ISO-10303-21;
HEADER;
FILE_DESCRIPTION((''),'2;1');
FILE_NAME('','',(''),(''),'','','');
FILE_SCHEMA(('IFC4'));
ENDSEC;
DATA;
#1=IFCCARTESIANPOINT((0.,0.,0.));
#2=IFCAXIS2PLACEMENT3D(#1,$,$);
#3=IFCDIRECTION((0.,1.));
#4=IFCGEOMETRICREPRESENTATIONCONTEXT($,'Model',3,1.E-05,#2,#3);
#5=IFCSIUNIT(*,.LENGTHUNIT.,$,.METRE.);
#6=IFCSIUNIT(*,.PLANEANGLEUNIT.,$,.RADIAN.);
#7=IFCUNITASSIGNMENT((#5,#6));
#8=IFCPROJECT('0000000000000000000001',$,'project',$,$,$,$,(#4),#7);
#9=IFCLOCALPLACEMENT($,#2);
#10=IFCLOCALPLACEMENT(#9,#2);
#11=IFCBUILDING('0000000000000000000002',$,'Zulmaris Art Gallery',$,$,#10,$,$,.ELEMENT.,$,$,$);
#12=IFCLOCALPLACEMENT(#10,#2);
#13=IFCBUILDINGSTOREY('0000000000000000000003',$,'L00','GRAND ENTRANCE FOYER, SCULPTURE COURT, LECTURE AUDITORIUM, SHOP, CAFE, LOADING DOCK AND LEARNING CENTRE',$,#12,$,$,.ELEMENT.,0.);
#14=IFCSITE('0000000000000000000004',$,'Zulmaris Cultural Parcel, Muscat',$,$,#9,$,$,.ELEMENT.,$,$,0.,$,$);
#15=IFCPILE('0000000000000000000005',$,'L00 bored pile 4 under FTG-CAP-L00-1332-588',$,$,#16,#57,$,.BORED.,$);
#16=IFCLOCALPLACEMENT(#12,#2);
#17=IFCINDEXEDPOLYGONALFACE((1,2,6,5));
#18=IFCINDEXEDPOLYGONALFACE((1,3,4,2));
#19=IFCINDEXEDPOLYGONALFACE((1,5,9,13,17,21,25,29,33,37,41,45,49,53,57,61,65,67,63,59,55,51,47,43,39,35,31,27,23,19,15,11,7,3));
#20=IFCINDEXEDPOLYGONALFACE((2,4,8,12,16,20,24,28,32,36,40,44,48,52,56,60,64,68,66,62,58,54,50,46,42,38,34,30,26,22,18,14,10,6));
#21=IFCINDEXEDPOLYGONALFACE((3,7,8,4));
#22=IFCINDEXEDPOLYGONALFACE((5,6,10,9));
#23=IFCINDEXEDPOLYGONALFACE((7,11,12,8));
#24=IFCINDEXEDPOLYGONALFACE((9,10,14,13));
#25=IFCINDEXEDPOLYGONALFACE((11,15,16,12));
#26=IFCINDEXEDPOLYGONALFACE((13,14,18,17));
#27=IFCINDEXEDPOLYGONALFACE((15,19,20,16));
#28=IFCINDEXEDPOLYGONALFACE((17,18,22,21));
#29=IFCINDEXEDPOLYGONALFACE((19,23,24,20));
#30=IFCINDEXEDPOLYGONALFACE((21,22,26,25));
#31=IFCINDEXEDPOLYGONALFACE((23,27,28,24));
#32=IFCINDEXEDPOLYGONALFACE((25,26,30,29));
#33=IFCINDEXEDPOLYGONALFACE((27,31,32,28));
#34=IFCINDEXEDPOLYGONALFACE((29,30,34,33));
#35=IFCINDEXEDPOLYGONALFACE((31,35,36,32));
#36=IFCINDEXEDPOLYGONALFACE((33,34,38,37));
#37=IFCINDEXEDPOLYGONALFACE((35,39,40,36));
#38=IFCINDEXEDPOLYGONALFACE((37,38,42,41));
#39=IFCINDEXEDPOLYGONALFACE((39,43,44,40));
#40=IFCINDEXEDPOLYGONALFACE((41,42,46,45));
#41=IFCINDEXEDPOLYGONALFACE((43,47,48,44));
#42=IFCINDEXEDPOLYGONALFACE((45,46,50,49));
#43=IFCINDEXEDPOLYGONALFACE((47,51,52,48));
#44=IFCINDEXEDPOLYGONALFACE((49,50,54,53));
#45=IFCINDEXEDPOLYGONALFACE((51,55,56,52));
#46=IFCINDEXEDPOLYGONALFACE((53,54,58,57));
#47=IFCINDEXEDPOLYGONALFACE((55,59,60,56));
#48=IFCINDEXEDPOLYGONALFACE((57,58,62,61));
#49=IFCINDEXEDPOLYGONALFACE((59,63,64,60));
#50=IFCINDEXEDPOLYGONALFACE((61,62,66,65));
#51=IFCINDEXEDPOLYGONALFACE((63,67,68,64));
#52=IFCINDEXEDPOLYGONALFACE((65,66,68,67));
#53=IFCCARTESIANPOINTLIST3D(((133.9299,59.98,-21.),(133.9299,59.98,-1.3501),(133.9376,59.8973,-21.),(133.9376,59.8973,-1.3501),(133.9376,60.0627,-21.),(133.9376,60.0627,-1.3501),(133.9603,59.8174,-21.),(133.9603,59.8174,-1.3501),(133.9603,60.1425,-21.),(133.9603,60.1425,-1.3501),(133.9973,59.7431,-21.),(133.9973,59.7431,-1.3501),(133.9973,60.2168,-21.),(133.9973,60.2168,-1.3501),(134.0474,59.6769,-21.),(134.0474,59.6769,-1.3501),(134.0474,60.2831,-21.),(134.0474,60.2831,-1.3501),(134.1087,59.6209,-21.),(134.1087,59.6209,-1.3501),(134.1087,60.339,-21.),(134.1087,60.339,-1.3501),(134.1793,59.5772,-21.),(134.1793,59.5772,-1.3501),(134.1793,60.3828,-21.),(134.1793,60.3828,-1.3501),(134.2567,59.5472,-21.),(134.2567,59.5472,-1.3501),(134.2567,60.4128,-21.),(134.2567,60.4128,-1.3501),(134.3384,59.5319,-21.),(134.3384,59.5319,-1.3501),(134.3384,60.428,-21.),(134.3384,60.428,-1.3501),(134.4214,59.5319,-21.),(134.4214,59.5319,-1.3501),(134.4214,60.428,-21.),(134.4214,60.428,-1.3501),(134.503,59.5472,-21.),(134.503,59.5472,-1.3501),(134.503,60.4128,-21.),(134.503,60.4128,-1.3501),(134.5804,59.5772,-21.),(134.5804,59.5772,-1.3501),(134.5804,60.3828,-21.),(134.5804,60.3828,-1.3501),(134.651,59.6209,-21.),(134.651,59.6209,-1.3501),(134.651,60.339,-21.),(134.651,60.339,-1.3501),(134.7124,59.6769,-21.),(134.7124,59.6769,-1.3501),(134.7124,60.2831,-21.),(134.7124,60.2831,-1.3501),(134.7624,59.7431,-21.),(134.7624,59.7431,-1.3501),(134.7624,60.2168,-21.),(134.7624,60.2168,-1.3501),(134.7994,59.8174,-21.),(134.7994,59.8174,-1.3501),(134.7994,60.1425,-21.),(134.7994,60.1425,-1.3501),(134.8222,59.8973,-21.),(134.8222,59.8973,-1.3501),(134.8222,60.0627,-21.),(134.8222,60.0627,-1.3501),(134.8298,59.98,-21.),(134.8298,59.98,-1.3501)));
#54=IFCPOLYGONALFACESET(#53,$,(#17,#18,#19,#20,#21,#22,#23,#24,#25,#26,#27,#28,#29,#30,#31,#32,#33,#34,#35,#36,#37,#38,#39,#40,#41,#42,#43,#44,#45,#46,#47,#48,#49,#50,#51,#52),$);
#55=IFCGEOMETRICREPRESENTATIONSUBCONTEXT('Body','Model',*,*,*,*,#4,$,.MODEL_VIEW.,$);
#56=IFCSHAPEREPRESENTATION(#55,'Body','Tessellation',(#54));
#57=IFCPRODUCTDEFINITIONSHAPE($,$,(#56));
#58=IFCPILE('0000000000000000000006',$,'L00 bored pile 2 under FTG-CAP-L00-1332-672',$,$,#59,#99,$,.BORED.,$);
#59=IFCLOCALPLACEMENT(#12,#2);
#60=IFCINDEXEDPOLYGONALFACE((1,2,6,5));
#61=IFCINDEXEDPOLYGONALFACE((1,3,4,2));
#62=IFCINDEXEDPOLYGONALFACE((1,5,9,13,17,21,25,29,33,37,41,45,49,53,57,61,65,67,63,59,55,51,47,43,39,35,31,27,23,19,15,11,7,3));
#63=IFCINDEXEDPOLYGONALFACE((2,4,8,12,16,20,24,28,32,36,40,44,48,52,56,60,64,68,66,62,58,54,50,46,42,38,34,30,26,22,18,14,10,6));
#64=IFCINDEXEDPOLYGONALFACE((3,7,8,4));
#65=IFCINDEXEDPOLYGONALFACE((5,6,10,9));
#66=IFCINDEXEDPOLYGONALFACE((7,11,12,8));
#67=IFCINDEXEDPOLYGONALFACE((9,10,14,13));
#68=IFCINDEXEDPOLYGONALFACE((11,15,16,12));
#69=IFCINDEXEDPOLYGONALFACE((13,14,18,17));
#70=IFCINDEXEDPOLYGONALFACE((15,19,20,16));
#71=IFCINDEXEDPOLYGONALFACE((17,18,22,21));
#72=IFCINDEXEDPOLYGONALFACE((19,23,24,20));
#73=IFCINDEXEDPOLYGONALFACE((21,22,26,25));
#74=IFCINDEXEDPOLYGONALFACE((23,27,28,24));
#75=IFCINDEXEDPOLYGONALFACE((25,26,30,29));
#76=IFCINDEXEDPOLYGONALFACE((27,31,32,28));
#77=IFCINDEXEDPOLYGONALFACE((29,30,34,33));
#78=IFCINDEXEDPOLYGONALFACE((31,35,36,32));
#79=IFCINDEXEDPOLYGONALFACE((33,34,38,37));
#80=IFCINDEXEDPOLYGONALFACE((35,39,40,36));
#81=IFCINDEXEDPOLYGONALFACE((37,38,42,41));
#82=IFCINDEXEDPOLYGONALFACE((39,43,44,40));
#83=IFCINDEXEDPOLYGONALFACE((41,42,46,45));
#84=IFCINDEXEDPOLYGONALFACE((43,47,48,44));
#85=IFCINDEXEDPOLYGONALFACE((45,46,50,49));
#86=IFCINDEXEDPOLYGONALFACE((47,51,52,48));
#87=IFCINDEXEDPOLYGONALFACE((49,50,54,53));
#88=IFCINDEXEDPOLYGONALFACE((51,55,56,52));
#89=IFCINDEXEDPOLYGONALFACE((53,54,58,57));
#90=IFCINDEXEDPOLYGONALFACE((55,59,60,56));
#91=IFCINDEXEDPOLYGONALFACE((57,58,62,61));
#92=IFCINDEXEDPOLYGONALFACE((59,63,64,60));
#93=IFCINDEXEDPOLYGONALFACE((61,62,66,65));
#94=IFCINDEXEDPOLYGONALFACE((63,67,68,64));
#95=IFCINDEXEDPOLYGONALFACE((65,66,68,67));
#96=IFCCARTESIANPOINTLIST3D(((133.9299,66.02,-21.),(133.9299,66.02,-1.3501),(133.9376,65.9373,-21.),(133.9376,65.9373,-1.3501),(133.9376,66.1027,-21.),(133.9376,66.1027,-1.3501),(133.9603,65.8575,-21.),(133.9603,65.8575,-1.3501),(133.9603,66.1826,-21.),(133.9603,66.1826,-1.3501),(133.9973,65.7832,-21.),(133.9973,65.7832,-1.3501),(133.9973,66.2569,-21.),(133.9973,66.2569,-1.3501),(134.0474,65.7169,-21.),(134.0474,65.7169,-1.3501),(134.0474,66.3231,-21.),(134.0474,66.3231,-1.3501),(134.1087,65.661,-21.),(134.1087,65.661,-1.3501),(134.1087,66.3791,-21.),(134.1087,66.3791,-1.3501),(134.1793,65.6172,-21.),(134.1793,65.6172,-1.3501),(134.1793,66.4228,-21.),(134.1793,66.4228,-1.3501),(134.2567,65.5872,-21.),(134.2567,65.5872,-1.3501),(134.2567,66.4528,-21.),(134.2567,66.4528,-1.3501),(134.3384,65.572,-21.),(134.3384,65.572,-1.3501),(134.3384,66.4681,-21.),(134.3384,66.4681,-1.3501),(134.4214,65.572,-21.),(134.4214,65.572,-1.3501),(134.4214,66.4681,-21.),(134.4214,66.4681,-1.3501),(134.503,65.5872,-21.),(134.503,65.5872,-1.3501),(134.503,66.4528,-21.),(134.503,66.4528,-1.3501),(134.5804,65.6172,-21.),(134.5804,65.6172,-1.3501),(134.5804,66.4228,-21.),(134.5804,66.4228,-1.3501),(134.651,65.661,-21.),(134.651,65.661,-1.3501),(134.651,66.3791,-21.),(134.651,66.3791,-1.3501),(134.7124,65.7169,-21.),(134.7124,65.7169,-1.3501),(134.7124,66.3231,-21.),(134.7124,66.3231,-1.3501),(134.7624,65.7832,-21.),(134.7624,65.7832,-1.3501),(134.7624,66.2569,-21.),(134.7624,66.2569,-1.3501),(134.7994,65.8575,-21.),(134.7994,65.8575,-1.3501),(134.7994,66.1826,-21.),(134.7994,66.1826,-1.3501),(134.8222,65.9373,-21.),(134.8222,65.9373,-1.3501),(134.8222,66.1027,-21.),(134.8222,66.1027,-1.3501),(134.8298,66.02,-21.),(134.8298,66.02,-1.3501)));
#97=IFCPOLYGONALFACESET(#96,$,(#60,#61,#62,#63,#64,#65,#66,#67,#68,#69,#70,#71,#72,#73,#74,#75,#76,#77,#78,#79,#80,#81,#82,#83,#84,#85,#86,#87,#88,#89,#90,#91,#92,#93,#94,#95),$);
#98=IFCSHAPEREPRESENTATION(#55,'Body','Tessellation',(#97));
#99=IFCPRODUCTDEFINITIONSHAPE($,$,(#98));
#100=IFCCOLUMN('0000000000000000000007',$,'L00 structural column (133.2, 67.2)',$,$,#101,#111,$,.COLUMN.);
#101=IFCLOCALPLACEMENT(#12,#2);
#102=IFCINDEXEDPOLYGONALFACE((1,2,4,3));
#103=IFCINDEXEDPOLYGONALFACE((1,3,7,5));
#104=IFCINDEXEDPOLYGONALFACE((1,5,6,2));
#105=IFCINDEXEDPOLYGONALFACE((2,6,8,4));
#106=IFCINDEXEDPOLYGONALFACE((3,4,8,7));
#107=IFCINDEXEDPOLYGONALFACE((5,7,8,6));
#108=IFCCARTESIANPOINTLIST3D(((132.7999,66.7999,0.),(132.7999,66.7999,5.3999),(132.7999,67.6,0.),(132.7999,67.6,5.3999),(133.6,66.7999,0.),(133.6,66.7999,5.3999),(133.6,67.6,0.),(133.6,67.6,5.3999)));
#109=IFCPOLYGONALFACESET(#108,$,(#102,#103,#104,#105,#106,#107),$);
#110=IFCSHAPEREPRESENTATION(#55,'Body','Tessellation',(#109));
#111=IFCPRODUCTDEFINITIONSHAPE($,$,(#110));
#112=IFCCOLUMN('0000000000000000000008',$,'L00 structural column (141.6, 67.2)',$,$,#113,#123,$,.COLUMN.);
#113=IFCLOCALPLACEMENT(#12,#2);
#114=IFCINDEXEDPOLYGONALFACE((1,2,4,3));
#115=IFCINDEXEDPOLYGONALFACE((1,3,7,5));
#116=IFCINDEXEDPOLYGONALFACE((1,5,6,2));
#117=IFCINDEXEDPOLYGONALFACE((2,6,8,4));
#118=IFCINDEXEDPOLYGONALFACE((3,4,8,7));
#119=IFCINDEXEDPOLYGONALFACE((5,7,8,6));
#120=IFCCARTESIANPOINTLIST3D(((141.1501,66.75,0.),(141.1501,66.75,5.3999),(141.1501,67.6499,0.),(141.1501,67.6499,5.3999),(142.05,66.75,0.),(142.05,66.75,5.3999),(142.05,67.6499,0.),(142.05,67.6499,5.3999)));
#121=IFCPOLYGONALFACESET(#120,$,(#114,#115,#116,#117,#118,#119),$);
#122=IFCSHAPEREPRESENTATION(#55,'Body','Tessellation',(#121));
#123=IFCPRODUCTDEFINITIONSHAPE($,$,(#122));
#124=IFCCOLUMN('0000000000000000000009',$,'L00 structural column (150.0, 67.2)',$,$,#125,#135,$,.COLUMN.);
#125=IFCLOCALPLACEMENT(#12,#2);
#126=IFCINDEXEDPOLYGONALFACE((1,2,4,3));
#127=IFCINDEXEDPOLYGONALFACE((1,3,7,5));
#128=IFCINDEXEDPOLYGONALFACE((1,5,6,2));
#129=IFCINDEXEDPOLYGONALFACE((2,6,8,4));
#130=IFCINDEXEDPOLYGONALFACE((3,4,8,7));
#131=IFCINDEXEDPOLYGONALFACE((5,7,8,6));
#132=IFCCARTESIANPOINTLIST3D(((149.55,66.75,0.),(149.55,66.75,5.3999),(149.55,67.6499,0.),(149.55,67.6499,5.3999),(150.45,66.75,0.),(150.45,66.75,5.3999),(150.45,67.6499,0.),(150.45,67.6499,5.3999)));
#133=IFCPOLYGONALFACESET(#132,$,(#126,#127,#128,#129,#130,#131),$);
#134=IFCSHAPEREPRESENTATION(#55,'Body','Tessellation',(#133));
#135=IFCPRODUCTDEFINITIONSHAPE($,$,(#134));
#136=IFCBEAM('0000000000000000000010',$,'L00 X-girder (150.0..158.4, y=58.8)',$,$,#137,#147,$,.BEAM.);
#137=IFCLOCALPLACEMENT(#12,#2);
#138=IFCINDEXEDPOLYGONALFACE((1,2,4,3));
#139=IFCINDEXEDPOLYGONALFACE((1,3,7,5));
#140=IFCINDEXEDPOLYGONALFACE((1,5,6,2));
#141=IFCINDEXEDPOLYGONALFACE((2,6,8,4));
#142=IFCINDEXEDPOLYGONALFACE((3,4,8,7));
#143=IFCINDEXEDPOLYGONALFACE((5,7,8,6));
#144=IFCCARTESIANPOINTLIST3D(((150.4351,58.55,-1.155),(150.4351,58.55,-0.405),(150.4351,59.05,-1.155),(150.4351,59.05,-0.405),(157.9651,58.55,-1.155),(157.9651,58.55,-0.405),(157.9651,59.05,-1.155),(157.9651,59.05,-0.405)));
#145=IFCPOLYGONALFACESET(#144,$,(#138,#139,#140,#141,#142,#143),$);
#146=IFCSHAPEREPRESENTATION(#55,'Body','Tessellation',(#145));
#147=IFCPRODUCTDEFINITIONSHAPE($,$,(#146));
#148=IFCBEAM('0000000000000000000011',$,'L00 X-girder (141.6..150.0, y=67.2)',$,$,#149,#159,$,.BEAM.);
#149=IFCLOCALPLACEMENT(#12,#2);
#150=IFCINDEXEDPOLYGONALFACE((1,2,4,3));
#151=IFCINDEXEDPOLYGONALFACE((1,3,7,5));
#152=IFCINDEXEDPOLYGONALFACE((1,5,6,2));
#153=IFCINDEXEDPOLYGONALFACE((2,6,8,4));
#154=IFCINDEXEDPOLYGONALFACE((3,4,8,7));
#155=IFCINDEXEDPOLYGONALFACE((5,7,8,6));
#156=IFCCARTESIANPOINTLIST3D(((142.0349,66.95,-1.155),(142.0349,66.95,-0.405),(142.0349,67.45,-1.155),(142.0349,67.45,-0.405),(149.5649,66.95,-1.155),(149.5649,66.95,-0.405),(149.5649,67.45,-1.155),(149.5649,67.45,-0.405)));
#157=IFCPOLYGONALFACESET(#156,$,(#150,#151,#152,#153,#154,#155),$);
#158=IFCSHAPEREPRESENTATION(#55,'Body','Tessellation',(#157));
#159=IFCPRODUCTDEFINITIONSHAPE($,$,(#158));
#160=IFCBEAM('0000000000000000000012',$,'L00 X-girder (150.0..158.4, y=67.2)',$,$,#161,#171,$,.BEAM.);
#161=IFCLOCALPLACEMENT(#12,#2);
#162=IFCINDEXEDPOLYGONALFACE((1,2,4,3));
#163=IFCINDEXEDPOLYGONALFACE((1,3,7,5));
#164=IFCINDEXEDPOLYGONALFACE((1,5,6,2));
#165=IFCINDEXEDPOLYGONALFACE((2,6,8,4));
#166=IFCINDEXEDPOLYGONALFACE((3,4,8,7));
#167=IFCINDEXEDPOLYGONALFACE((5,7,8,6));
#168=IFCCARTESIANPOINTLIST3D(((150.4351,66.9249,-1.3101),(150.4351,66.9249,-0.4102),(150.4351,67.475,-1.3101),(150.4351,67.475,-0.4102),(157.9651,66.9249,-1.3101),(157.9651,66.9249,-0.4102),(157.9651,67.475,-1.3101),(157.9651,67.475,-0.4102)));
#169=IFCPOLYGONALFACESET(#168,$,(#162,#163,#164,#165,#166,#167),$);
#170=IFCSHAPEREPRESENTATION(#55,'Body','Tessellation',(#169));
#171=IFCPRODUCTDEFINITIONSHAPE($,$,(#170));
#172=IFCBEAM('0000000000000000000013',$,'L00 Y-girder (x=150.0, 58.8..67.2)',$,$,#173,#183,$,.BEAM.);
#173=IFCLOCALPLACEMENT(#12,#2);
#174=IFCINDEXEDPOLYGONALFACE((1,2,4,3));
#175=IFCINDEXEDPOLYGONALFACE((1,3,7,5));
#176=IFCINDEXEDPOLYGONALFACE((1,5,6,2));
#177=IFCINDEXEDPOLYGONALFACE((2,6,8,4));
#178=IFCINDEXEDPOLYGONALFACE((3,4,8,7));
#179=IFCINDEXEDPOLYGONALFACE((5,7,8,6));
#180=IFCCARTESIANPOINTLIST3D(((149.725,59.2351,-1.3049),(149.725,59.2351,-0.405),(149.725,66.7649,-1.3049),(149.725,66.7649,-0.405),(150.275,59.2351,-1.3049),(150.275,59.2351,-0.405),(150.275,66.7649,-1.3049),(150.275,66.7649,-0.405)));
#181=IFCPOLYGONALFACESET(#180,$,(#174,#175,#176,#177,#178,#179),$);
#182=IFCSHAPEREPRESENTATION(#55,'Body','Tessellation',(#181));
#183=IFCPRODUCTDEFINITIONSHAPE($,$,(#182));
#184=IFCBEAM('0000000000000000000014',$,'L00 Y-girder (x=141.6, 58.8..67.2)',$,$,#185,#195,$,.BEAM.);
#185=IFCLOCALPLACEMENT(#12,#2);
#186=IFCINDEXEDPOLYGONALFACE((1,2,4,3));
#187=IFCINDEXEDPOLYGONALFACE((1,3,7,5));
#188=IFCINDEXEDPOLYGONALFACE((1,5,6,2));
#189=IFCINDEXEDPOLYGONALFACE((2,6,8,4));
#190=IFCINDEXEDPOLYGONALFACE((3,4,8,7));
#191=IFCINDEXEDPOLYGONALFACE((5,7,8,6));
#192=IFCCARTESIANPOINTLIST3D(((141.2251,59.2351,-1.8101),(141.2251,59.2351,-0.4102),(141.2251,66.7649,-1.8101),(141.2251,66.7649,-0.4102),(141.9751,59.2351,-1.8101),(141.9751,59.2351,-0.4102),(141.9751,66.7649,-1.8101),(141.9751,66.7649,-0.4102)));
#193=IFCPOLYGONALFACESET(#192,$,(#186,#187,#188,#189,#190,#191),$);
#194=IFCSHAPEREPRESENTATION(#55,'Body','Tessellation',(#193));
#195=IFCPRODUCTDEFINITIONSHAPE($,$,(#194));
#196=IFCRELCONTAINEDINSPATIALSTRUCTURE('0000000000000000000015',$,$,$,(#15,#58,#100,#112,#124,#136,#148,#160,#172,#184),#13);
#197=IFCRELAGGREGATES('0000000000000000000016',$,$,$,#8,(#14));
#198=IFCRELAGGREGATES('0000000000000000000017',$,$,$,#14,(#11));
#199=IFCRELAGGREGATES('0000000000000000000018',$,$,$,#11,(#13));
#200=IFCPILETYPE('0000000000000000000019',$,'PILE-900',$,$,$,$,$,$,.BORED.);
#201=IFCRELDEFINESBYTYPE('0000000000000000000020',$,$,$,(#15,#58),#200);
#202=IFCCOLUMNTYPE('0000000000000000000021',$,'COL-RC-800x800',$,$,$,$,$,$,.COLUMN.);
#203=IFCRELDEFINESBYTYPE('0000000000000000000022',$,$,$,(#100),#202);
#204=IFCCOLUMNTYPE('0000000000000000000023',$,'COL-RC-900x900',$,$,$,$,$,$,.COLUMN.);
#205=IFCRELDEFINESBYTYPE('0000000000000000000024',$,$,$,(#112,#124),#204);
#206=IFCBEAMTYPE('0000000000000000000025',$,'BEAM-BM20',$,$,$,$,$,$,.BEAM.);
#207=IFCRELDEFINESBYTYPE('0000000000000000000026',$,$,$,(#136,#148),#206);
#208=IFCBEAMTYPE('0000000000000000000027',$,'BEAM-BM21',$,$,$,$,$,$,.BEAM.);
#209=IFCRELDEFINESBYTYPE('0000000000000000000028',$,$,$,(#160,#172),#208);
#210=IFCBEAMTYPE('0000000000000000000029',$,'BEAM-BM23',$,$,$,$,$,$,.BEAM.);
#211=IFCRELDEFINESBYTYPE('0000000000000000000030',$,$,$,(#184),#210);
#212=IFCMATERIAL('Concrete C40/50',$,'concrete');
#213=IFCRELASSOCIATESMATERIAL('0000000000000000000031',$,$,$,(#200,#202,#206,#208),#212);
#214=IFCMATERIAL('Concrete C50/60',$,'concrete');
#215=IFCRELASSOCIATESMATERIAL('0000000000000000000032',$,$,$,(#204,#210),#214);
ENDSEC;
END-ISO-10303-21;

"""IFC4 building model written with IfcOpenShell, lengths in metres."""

from ifc_helpers import new_model, si_unit, direction, frame, origin, origin_2d, place, context, subcontext, project, spatial, rectangle, circle, extrude, material, material_profile, profile_set, type_object, element, save


model = new_model("IFC4")

# Units and contexts
model_context = context("Model", 3, precision=1e-05, world=origin(), true_north=direction((0.0, 1.0)))
body_context = subcontext(model_context, "Body", "Model", "MODEL_VIEW")
ifc_project = project(units=[si_unit("LENGTHUNIT", "METRE"), si_unit("PLANEANGLEUNIT", "RADIAN")], contexts=[model_context])

# Site, building, storey
site_placement = place(None, origin())
site = spatial("IfcSite", under=ifc_project, at=site_placement, Name="Zulmaris Cultural Parcel, Muscat", CompositionType="ELEMENT", RefElevation=0.0)
building_placement = place(site_placement, origin())
building = spatial("IfcBuilding", under=site, at=building_placement, Name="Zulmaris Art Gallery", CompositionType="ELEMENT")
storey_placement = place(building_placement, origin())
storey = spatial("IfcBuildingStorey", under=building, at=storey_placement, Name="L00", Description="GRAND ENTRANCE FOYER, SCULPTURE COURT, LECTURE AUDITORIUM, SHOP, CAFE, LOADING DOCK AND LEARNING CENTRE", CompositionType="ELEMENT", Elevation=0.0)

# Piles
ifc_material_1 = material(Name="Concrete C40/50", Category="concrete")
ifc_material_profile_1 = material_profile(ifc_material_1, circle(Radius=0.45, at=origin_2d()), Name="PILE DIA 900")
ifc_profile_set_1 = profile_set([ifc_material_profile_1], Name="Concrete C40/50")
pile_type = type_object("IfcPileType", Name="PILE-900", PredefinedType="BORED", material=ifc_profile_set_1)
for number, where, z_axis, x_axis, name in (
    (1, (134.3799, 59.98, -1.3501), (0.0, 0.0, -1.0), (1.0, 0.0, 0.0), "L00 bored pile 4 under FTG-CAP-L00-1332-588"),
    (2, (134.3799, 66.02, -1.3501), (0.0, 0.0, -1.0), (1.0, 0.0, 0.0), "L00 bored pile 2 under FTG-CAP-L00-1332-672"),
):
    element("IfcPile", number, at=place(storey_placement, frame(where, z_axis=z_axis, x_axis=x_axis)), inside=storey, type_object=pile_type, Name=name, PredefinedType="BORED", context=body_context, shape_type="SweptSolid", body=[
        extrude(circle(Radius=0.45, at=origin_2d()), origin(), (0.0, 0.0, 1.0), 19.6499),
    ])

# Columns
ifc_material_profile_2 = material_profile(ifc_material_1, rectangle(XDim=0.8, YDim=0.8, at=origin_2d()), Name="RC 800x800")
ifc_profile_set_2 = profile_set([ifc_material_profile_2], Name="Concrete C40/50")
column_type_1 = type_object("IfcColumnType", Name="COL-RC-800x800", PredefinedType="COLUMN", material=ifc_profile_set_2)
column_placement = place(storey_placement, frame((133.2, 67.2, 0.0), z_axis=(0.0, 0.0, 1.0), x_axis=(1.0, 0.0, 0.0)))
element("IfcColumn", 3, at=column_placement, inside=storey, type_object=column_type_1, Name="L00 structural column (133.2, 67.2)", PredefinedType="COLUMN", context=body_context, shape_type="SweptSolid", body=[
    extrude(rectangle(XDim=0.8, YDim=0.8, at=origin_2d()), origin(), (0.0, 0.0, 1.0), 5.3999),
])
ifc_material_2 = material(Name="Concrete C50/60", Category="concrete")
ifc_material_profile_3 = material_profile(ifc_material_2, rectangle(XDim=0.8999, YDim=0.8999, at=origin_2d()), Name="RC 900x900")
ifc_profile_set_3 = profile_set([ifc_material_profile_3], Name="Concrete C50/60")
column_type_2 = type_object("IfcColumnType", Name="COL-RC-900x900", PredefinedType="COLUMN", material=ifc_profile_set_3)
for number, where, z_axis, x_axis, name in (
    (4, (141.6001, 67.2, 0.0), (0.0, 0.0, 1.0), (1.0, 0.0, 0.0), "L00 structural column (141.6, 67.2)"),
    (5, (150.0, 67.2, 0.0), (0.0, 0.0, 1.0), (1.0, 0.0, 0.0), "L00 structural column (150.0, 67.2)"),
):
    element("IfcColumn", number, at=place(storey_placement, frame(where, z_axis=z_axis, x_axis=x_axis)), inside=storey, type_object=column_type_2, Name=name, PredefinedType="COLUMN", context=body_context, shape_type="SweptSolid", body=[
        extrude(rectangle(XDim=0.8999, YDim=0.8999, at=origin_2d()), origin(), (0.0, 0.0, 1.0), 5.3999),
    ])

# Beams
ifc_material_profile_4 = material_profile(ifc_material_1, rectangle(XDim=0.5, YDim=0.75, at=origin_2d()), Name="RC 500x750")
ifc_profile_set_4 = profile_set([ifc_material_profile_4], Name="Concrete C40/50")
beam_type_1 = type_object("IfcBeamType", Name="BEAM-BM20", PredefinedType="BEAM", material=ifc_profile_set_4)
for number, where, z_axis, x_axis, name in (
    (6, (150.4351, 58.8, -0.78), (1.0, 0.0, 0.0), (0.0, 1.0, 0.0), "L00 X-girder (150.0..158.4, y=58.8)"),
    (7, (142.0349, 67.2, -0.78), (1.0, 0.0, 0.0), (0.0, 1.0, 0.0), "L00 X-girder (141.6..150.0, y=67.2)"),
):
    element("IfcBeam", number, at=place(storey_placement, frame(where, z_axis=z_axis, x_axis=x_axis)), inside=storey, type_object=beam_type_1, Name=name, PredefinedType="BEAM", context=body_context, shape_type="SweptSolid", body=[
        extrude(rectangle(XDim=0.5, YDim=0.75, at=origin_2d()), origin(), (0.0, 0.0, 1.0), 7.53),
    ])
ifc_material_profile_5 = material_profile(ifc_material_1, rectangle(XDim=0.55, YDim=0.8999, at=origin_2d()), Name="RC 550x900")
ifc_profile_set_5 = profile_set([ifc_material_profile_5], Name="Concrete C40/50")
beam_type_2 = type_object("IfcBeamType", Name="BEAM-BM21", PredefinedType="BEAM", material=ifc_profile_set_5)
beam_1_placement = place(storey_placement, frame((150.4351, 67.2, -0.8601), z_axis=(1.0, 0.0, 0.0), x_axis=(0.0, 1.0, 0.0)))
element("IfcBeam", 8, at=beam_1_placement, inside=storey, type_object=beam_type_2, Name="L00 X-girder (150.0..158.4, y=67.2)", PredefinedType="BEAM", context=body_context, shape_type="SweptSolid", body=[
    extrude(rectangle(XDim=0.55, YDim=0.8999, at=origin_2d()), origin(), (0.0, 0.0, 1.0), 7.53),
])
beam_2_placement = place(storey_placement, frame((150.0, 59.2351, -0.855), z_axis=(0.0, 1.0, 0.0), x_axis=(-1.0, 0.0, 0.0)))
element("IfcBeam", 9, at=beam_2_placement, inside=storey, type_object=beam_type_2, Name="L00 Y-girder (x=150.0, 58.8..67.2)", PredefinedType="BEAM", context=body_context, shape_type="SweptSolid", body=[
    extrude(rectangle(XDim=0.55, YDim=0.8999, at=origin_2d()), origin(), (0.0, 0.0, 1.0), 7.5298),
])
ifc_material_profile_6 = material_profile(ifc_material_2, rectangle(XDim=0.75, YDim=1.3999, at=origin_2d()), Name="RC 750x1400")
ifc_profile_set_6 = profile_set([ifc_material_profile_6], Name="Concrete C50/60")
beam_type_3 = type_object("IfcBeamType", Name="BEAM-BM23", PredefinedType="BEAM", material=ifc_profile_set_6)
beam_3_placement = place(storey_placement, frame((141.6001, 59.2351, -1.1101), z_axis=(0.0, 1.0, 0.0), x_axis=(-1.0, 0.0, 0.0)))
element("IfcBeam", 10, at=beam_3_placement, inside=storey, type_object=beam_type_3, Name="L00 Y-girder (x=141.6, 58.8..67.2)", PredefinedType="BEAM", context=body_context, shape_type="SweptSolid", body=[
    extrude(rectangle(XDim=0.75, YDim=1.3999, at=origin_2d()), origin(), (0.0, 0.0, 1.0), 7.5298),
])

save(model, "model.ifc")
